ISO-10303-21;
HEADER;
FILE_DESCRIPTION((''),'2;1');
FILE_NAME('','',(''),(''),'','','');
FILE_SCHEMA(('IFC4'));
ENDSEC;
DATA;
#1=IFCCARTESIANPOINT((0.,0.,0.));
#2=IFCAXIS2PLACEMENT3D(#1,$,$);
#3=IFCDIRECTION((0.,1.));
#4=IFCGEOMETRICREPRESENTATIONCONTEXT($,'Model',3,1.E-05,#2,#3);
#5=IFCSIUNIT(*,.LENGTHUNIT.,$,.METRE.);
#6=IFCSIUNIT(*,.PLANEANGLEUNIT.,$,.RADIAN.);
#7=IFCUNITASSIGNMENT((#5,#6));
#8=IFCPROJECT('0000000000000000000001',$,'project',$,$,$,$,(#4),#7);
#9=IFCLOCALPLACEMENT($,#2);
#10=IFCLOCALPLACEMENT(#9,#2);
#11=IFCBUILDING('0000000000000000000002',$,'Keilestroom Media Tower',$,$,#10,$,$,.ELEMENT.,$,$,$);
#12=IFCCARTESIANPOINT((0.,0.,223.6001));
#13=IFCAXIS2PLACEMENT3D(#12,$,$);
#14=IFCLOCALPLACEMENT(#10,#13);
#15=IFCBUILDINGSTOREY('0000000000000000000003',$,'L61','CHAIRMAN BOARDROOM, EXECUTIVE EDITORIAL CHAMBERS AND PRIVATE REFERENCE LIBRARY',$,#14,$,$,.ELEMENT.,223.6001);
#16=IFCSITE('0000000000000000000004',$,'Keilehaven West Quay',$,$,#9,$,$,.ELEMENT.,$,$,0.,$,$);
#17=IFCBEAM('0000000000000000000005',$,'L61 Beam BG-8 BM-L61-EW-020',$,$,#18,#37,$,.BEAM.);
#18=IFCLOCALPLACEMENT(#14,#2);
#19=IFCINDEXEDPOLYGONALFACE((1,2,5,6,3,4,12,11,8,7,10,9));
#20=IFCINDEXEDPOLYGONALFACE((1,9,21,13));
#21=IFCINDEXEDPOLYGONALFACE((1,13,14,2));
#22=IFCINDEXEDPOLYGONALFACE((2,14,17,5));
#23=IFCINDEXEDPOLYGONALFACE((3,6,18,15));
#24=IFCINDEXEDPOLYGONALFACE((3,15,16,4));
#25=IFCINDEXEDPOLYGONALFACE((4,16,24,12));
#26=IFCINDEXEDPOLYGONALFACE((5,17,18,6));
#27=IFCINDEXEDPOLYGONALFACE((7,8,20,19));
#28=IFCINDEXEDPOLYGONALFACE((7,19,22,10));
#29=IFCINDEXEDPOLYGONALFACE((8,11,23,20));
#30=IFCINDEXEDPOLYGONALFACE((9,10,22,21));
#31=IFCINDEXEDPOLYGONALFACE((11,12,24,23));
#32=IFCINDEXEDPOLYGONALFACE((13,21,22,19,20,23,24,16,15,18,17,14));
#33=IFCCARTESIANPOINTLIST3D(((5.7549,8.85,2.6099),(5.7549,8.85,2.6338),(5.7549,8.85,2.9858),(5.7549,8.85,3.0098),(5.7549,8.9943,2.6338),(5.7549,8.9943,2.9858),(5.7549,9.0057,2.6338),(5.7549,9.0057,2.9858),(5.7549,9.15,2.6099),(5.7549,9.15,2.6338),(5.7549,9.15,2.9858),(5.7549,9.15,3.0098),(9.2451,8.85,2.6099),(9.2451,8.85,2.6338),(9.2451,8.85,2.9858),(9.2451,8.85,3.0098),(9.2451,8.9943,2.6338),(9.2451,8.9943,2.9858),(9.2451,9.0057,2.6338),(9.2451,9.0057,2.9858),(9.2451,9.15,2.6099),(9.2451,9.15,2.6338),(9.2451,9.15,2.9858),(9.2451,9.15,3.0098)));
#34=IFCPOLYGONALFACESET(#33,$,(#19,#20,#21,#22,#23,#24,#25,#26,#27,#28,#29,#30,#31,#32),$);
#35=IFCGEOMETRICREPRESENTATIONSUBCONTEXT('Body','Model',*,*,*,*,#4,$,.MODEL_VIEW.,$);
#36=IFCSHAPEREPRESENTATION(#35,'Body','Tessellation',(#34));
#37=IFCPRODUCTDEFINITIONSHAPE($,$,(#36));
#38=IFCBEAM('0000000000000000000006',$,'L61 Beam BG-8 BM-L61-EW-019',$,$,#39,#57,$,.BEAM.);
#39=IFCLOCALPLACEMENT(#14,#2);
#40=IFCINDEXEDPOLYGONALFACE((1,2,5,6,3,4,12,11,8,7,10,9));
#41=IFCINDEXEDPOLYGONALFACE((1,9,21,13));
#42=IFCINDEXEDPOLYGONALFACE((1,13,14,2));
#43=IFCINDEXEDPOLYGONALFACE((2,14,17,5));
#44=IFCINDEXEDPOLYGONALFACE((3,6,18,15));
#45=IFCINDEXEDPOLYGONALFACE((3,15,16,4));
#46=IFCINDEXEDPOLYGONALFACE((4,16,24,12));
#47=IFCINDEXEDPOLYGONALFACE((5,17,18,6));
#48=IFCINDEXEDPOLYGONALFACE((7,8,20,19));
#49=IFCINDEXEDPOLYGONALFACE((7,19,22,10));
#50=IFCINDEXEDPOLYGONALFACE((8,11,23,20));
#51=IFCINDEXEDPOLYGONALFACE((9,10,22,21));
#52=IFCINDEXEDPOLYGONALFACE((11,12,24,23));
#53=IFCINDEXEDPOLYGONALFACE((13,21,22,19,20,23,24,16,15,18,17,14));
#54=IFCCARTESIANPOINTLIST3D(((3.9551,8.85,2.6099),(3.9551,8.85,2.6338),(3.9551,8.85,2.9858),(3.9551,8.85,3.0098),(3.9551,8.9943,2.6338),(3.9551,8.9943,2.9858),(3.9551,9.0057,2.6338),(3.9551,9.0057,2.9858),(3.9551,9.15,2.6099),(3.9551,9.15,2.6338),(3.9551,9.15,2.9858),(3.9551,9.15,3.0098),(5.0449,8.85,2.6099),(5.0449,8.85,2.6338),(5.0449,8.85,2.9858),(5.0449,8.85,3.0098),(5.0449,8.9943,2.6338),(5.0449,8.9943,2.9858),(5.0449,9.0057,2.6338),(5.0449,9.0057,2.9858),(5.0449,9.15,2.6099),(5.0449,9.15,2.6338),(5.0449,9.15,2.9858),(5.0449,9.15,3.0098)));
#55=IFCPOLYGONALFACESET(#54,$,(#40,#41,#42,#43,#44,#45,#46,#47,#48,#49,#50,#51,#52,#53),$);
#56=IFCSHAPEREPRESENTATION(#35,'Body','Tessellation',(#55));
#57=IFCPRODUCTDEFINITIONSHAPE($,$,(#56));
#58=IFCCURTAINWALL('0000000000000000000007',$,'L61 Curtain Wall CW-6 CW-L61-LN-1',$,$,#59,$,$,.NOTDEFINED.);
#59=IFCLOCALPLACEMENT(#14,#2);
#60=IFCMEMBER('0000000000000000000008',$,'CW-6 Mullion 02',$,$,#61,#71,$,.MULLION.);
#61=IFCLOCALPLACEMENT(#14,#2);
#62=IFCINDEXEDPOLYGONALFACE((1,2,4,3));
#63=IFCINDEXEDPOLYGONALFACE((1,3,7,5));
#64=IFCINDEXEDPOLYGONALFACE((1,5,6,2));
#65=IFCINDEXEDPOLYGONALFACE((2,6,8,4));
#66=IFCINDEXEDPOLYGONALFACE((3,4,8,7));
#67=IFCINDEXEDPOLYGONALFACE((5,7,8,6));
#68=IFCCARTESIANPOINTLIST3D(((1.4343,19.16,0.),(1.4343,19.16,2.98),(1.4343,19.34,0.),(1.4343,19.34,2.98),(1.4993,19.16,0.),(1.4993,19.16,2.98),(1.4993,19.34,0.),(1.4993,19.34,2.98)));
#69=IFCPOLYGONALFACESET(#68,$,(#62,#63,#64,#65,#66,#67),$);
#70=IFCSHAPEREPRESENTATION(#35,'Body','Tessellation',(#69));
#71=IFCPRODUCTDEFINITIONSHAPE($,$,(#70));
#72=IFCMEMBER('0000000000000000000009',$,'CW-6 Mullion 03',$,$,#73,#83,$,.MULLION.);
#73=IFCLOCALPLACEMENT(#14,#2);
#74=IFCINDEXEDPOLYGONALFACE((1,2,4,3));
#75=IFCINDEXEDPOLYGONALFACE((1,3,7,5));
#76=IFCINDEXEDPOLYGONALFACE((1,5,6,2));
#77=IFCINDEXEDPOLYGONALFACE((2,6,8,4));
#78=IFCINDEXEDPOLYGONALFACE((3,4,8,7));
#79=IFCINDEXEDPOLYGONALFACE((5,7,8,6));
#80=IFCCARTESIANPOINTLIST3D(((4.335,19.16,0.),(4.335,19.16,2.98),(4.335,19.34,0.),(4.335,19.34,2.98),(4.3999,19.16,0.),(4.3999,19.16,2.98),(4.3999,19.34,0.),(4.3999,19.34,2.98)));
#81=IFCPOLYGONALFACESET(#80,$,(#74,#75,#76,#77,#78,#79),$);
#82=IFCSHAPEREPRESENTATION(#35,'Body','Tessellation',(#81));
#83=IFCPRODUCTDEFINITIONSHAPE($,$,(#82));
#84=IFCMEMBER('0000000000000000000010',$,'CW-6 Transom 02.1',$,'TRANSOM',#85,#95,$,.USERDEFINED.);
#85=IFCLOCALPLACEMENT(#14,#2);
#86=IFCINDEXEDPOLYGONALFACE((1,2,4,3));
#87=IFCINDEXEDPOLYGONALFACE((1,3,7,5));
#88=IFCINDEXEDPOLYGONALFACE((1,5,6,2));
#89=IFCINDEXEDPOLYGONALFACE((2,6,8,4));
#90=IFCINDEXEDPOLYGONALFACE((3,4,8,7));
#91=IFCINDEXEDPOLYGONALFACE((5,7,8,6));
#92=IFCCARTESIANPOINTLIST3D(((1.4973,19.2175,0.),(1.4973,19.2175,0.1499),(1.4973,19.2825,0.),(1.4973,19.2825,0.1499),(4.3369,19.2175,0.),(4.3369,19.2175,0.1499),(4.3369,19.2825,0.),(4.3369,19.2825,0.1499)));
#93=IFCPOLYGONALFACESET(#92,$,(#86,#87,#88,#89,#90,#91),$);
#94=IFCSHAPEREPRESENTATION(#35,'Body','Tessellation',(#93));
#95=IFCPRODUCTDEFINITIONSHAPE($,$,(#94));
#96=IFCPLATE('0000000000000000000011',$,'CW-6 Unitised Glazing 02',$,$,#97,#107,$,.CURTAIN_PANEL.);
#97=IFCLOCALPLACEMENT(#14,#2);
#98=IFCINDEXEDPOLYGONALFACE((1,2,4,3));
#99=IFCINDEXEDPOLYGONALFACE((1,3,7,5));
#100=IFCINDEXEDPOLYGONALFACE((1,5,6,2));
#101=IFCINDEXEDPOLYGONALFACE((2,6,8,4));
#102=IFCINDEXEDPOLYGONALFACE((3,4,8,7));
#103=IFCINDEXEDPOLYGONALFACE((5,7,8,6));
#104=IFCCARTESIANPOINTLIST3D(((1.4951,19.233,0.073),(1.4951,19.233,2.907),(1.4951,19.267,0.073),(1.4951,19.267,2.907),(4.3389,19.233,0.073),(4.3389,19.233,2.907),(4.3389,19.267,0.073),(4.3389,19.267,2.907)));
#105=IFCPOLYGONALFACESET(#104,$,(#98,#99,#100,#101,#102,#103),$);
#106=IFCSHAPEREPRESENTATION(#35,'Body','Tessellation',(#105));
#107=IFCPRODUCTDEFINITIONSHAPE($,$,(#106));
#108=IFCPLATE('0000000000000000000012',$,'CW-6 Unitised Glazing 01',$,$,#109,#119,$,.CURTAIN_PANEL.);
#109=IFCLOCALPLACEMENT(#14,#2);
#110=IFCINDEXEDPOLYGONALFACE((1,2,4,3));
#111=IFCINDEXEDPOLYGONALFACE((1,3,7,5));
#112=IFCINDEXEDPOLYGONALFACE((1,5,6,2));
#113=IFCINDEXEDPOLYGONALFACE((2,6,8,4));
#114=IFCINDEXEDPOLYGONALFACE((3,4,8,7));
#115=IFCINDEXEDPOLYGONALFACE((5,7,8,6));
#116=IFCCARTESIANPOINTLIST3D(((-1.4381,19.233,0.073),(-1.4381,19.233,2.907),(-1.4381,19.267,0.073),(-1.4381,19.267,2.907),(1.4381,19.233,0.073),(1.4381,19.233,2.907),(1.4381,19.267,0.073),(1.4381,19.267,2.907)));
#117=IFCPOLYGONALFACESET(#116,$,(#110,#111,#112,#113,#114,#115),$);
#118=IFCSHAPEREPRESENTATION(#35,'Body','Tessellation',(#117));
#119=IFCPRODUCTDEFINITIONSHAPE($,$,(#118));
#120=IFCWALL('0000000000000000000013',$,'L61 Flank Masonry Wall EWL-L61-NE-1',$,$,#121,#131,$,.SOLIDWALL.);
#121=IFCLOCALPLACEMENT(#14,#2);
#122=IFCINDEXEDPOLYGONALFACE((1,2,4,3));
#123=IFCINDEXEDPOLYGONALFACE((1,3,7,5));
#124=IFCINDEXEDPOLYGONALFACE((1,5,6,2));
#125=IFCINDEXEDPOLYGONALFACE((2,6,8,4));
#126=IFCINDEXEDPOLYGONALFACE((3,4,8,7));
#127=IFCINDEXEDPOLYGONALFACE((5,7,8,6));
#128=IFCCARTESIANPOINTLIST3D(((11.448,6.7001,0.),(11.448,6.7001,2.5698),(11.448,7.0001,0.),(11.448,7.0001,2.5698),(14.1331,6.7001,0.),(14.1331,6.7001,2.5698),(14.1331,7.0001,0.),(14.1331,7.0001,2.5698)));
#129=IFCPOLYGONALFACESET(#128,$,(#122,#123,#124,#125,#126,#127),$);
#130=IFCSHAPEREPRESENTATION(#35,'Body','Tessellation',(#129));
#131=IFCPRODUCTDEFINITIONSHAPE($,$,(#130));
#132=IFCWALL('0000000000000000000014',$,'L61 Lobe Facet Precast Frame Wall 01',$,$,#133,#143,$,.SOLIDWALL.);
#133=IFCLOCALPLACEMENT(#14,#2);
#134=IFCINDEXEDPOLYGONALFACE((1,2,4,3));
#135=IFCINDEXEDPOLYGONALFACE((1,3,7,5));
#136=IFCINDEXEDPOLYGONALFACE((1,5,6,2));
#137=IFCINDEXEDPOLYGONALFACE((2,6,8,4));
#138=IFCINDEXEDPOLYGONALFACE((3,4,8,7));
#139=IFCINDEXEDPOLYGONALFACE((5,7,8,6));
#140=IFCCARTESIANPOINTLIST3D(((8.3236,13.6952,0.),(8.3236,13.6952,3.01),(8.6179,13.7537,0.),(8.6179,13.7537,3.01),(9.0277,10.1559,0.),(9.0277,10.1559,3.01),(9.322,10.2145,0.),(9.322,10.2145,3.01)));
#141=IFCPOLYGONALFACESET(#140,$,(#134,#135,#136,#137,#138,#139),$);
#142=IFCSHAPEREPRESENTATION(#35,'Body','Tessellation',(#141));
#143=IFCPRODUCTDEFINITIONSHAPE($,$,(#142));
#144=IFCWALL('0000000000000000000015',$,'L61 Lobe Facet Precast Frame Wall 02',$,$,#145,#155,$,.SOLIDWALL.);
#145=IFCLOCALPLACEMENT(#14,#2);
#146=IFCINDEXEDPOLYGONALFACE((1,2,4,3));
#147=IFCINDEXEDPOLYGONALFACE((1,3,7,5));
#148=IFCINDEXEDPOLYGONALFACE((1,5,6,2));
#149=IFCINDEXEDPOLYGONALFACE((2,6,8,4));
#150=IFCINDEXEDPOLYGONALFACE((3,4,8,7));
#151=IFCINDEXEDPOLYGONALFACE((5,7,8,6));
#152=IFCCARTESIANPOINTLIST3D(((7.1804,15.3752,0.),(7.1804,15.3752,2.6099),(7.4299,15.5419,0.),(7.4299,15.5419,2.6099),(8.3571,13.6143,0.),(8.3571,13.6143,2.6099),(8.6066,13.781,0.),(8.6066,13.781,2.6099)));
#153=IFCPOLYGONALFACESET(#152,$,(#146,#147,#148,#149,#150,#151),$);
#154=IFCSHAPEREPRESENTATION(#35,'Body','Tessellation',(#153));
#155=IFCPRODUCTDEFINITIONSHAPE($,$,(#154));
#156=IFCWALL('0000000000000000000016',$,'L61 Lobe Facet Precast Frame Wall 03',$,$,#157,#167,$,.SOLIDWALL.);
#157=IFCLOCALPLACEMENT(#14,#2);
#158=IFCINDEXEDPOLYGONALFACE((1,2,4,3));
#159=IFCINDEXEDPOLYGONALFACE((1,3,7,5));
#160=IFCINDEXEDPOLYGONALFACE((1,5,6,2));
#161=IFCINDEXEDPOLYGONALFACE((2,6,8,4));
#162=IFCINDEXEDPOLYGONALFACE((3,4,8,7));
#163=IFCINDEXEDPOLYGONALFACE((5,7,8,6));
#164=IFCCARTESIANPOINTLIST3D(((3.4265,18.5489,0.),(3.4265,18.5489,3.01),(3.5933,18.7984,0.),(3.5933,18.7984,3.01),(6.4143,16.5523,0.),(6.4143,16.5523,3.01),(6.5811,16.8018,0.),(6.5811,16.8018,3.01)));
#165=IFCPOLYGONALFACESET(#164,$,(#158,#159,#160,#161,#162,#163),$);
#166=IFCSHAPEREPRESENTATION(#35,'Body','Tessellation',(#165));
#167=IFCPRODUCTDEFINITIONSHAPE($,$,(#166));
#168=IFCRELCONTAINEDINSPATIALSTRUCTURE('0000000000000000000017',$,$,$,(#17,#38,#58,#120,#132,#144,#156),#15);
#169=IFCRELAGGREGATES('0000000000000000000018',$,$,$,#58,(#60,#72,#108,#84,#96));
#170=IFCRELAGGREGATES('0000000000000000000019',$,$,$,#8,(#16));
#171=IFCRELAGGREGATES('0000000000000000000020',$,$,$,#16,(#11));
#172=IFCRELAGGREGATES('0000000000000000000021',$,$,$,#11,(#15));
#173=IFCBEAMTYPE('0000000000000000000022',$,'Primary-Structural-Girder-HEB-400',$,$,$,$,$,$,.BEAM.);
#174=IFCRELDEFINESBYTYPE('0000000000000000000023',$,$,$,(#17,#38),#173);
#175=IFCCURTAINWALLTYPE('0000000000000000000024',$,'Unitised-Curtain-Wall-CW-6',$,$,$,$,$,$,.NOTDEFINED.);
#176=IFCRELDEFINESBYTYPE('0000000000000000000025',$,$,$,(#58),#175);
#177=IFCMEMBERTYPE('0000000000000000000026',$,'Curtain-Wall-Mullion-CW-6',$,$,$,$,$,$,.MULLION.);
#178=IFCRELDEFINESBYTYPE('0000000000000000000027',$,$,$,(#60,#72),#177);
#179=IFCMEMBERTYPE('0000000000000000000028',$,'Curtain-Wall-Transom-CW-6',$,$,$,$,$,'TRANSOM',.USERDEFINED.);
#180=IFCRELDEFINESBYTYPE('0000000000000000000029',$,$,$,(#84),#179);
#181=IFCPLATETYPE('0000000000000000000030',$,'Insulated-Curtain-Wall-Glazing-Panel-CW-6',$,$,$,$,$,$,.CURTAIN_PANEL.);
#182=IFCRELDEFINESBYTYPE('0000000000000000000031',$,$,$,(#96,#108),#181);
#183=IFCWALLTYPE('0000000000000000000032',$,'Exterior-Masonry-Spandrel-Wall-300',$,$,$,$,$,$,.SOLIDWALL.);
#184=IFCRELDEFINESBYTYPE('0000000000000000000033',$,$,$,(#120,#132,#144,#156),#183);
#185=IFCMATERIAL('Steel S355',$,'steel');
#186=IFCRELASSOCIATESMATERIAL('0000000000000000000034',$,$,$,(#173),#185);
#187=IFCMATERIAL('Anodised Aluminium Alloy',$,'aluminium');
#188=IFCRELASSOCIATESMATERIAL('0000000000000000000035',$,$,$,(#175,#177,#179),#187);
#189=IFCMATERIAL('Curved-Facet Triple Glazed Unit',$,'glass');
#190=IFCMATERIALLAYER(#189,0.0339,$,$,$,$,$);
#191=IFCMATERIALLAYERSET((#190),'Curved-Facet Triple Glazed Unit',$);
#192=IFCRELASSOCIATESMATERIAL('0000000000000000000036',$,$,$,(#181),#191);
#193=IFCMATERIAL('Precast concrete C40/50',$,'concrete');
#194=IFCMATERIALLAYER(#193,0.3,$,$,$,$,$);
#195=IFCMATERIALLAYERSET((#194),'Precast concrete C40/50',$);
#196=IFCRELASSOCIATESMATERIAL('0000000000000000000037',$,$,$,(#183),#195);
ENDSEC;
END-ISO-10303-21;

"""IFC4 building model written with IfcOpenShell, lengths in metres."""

from ifc_helpers import new_model, si_unit, direction, frame, frame_2d, origin, origin_2d, place, context, subcontext, project, spatial, rectangle, i_section, extrude, source, transform, mapped, material, layer, layer_set, material_profile, profile_set, type_object, element, aggregate, save


model = new_model("IFC4")

# Units and contexts
model_context = context("Model", 3, precision=1e-05, world=origin(), true_north=direction((0.0, 1.0)))
body_context = subcontext(model_context, "Body", "Model", "MODEL_VIEW")
ifc_project = project(units=[si_unit("LENGTHUNIT", "METRE"), si_unit("PLANEANGLEUNIT", "RADIAN")], contexts=[model_context])

# Site, building, storey
site_placement = place(None, origin())
site = spatial("IfcSite", under=ifc_project, at=site_placement, Name="Keilehaven West Quay", CompositionType="ELEMENT", RefElevation=0.0)
building_placement = place(site_placement, origin())
building = spatial("IfcBuilding", under=site, at=building_placement, Name="Keilestroom Media Tower", CompositionType="ELEMENT")
storey_placement = place(building_placement, frame((0.0, 0.0, 223.6001)))
storey = spatial("IfcBuildingStorey", under=building, at=storey_placement, Name="L61", Description="CHAIRMAN BOARDROOM, EXECUTIVE EDITORIAL CHAMBERS AND PRIVATE REFERENCE LIBRARY", CompositionType="ELEMENT", Elevation=223.6001)

# Shared definitions
ifc_material_1 = material(Name="Precast concrete C40/50", Category="concrete")
ifc_material_2 = material(Name="Steel S355", Category="steel")

# Beams
ifc_material_profile_1 = material_profile(ifc_material_2, i_section(OverallWidth=0.3, OverallDepth=0.3999, WebThickness=0.0115, FlangeThickness=0.0239, at=origin_2d()), Name="HEB 400")
ifc_profile_set_1 = profile_set([ifc_material_profile_1], Name="Steel S355")
beam_type = type_object("IfcBeamType", Name="Primary-Structural-Girder-HEB-400", PredefinedType="BEAM", material=ifc_profile_set_1)
shared_shape_1 = source(origin(), body_context, "Body", "SweptSolid", [
    extrude(i_section(OverallWidth=0.3, OverallDepth=0.3999, WebThickness=0.0115, FlangeThickness=0.0239, at=origin_2d()), origin(), (0.0, 0.0, 1.0), 3.4902),
])
beam_1_placement = place(storey_placement, frame((5.7549, 9.0, 2.8098), z_axis=(1.0, 0.0, 0.0), x_axis=(0.0, 1.0, 0.0)))
element("IfcBeam", 1, at=beam_1_placement, inside=storey, type_object=beam_type, Name="L61 Beam BG-8 BM-L61-EW-020", PredefinedType="BEAM", context=body_context, shape_type="MappedRepresentation", body=[
    mapped(shared_shape_1, transform((0.0, 0.0, 0.0), x_axis=(1.0, 0.0, 0.0), y_axis=(0.0, 1.0, 0.0), z_axis=(0.0, 0.0, 1.0), scale=1.0)),
])
shared_shape_2 = source(origin(), body_context, "Body", "SweptSolid", [
    extrude(i_section(OverallWidth=0.3, OverallDepth=0.3999, WebThickness=0.0115, FlangeThickness=0.0239, at=origin_2d()), origin(), (0.0, 0.0, 1.0), 1.0898),
])
beam_2_placement = place(storey_placement, frame((3.9551, 9.0, 2.8098), z_axis=(1.0, 0.0, 0.0), x_axis=(0.0, 1.0, 0.0)))
element("IfcBeam", 2, at=beam_2_placement, inside=storey, type_object=beam_type, Name="L61 Beam BG-8 BM-L61-EW-019", PredefinedType="BEAM", context=body_context, shape_type="MappedRepresentation", body=[
    mapped(shared_shape_2, transform((0.0, 0.0, 0.0), x_axis=(1.0, 0.0, 0.0), y_axis=(0.0, 1.0, 0.0), z_axis=(0.0, 0.0, 1.0), scale=1.0)),
])

# Curtain wall, members, plates
ifc_material_3 = material(Name="Anodised Aluminium Alloy", Category="aluminium")
curtain_wall_type = type_object("IfcCurtainWallType", Name="Unitised-Curtain-Wall-CW-6", PredefinedType="NOTDEFINED", material=ifc_material_3)
curtain_wall_placement = place(storey_placement, origin())
curtain_wall = element("IfcCurtainWall", 3, at=curtain_wall_placement, inside=storey, type_object=curtain_wall_type, Name="L61 Curtain Wall CW-6 CW-L61-LN-1", PredefinedType="NOTDEFINED")
ifc_material_profile_2 = material_profile(ifc_material_3, rectangle(XDim=0.0649, YDim=0.1799, at=origin_2d()), Name="ALU MULLION 65x180")
ifc_profile_set_2 = profile_set([ifc_material_profile_2], Name="Anodised Aluminium Alloy")
member_type_1 = type_object("IfcMemberType", Name="Curtain-Wall-Mullion-CW-6", PredefinedType="MULLION", material=ifc_profile_set_2)
shared_shape_3 = source(origin(), body_context, "Body", "SweptSolid", [
    extrude(rectangle(XDim=0.0649, YDim=0.1799, at=origin_2d()), origin(), (0.0, 0.0, 1.0), 2.98),
])
member_1_placement = place(storey_placement, frame((1.4668, 19.25, 0.0), z_axis=(0.0, 0.0, 1.0), x_axis=(1.0, 0.0, 0.0)))
member_1 = element("IfcMember", 4, at=member_1_placement, type_object=member_type_1, Name="CW-6 Mullion 02", PredefinedType="MULLION", context=body_context, shape_type="MappedRepresentation", body=[
    mapped(shared_shape_3, transform((0.0, 0.0, 0.0), x_axis=(1.0, 0.0, 0.0), y_axis=(0.0, 1.0, 0.0), z_axis=(0.0, 0.0, 1.0), scale=1.0)),
])
member_2_placement = place(storey_placement, frame((4.3674, 19.25, 0.0), z_axis=(0.0, 0.0, 1.0), x_axis=(1.0, 0.0, 0.0)))
member_2 = element("IfcMember", 5, at=member_2_placement, type_object=member_type_1, Name="CW-6 Mullion 03", PredefinedType="MULLION", context=body_context, shape_type="MappedRepresentation", body=[
    mapped(shared_shape_3, transform((0.0, 0.0, 0.0), x_axis=(1.0, 0.0, 0.0), y_axis=(0.0, 1.0, 0.0), z_axis=(0.0, 0.0, 1.0), scale=1.0)),
])
ifc_material_profile_3 = material_profile(ifc_material_3, rectangle(XDim=0.0649, YDim=0.1499, at=origin_2d()), Name="ALU TRANSOM 65x150")
ifc_profile_set_3 = profile_set([ifc_material_profile_3], Name="Anodised Aluminium Alloy")
member_type_2 = type_object("IfcMemberType", Name="Curtain-Wall-Transom-CW-6", ElementType="TRANSOM", PredefinedType="USERDEFINED", material=ifc_profile_set_3)
shared_shape_4 = source(origin(), body_context, "Body", "SweptSolid", [
    extrude(rectangle(XDim=0.0649, YDim=0.1499, at=origin_2d()), origin(), (0.0, 0.0, 1.0), 2.8396),
])
member_3_placement = place(storey_placement, frame((1.4973, 19.25, 0.075), z_axis=(1.0, 0.0, 0.0), x_axis=(0.0, 1.0, 0.0)))
member_3 = element("IfcMember", 6, at=member_3_placement, type_object=member_type_2, Name="CW-6 Transom 02.1", ObjectType="TRANSOM", PredefinedType="USERDEFINED", context=body_context, shape_type="MappedRepresentation", body=[
    mapped(shared_shape_4, transform((0.0, 0.0, 0.0), x_axis=(1.0, 0.0, 0.0), y_axis=(0.0, 1.0, 0.0), z_axis=(0.0, 0.0, 1.0), scale=1.0)),
])
ifc_material_4 = material(Name="Curved-Facet Triple Glazed Unit", Category="glass")
ifc_layer_1 = layer(ifc_material_4, 0.0339)
ifc_layer_set_1 = layer_set([ifc_layer_1], Name="Curved-Facet Triple Glazed Unit")
plate_type = type_object("IfcPlateType", Name="Insulated-Curtain-Wall-Glazing-Panel-CW-6", PredefinedType="CURTAIN_PANEL", material=ifc_layer_set_1)
shared_shape_5 = source(origin(), body_context, "Body", "SweptSolid", [
    extrude(rectangle(XDim=2.8438, YDim=0.0339, at=origin_2d()), origin(), (0.0, 0.0, 1.0), 2.834),
])
plate_1_placement = place(storey_placement, frame((2.917, 19.25, 0.073), z_axis=(0.0, 0.0, 1.0), x_axis=(1.0, 0.0, 0.0)))
plate_1 = element("IfcPlate", 7, at=plate_1_placement, type_object=plate_type, Name="CW-6 Unitised Glazing 02", PredefinedType="CURTAIN_PANEL", context=body_context, shape_type="MappedRepresentation", body=[
    mapped(shared_shape_5, transform((0.0, 0.0, 0.0), x_axis=(1.0, 0.0, 0.0), y_axis=(0.0, 1.0, 0.0), z_axis=(0.0, 0.0, 1.0), scale=1.0)),
])
shared_shape_6 = source(origin(), body_context, "Body", "SweptSolid", [
    extrude(rectangle(XDim=2.8762, YDim=0.0339, at=origin_2d()), origin(), (0.0, 0.0, 1.0), 2.834),
])
plate_2_placement = place(storey_placement, frame((0.0, 19.25, 0.073), z_axis=(0.0, 0.0, 1.0), x_axis=(1.0, 0.0, 0.0)))
plate_2 = element("IfcPlate", 8, at=plate_2_placement, type_object=plate_type, Name="CW-6 Unitised Glazing 01", PredefinedType="CURTAIN_PANEL", context=body_context, shape_type="MappedRepresentation", body=[
    mapped(shared_shape_6, transform((0.0, 0.0, 0.0), x_axis=(1.0, 0.0, 0.0), y_axis=(0.0, 1.0, 0.0), z_axis=(0.0, 0.0, 1.0), scale=1.0)),
])
aggregate(curtain_wall, [member_1, member_2, plate_2, member_3, plate_1])

# Walls
ifc_layer_2 = layer(ifc_material_1, 0.3)
ifc_layer_set_2 = layer_set([ifc_layer_2], Name="Precast concrete C40/50")
wall_type_1 = type_object("IfcWallType", Name="Exterior-Masonry-Spandrel-Wall-300", PredefinedType="SOLIDWALL", material=ifc_layer_set_2)
wall_1_placement = place(storey_placement, frame((11.448, 6.8501, 0.0), z_axis=(0.0, 0.0, 1.0), x_axis=(1.0, 0.0, 0.0)))
element("IfcWall", 9, at=wall_1_placement, inside=storey, type_object=wall_type_1, Name="L61 Flank Masonry Wall EWL-L61-NE-1", PredefinedType="SOLIDWALL", context=body_context, shape_type="SweptSolid", body=[
    extrude(rectangle(XDim=2.6851, YDim=0.3, at=frame_2d((1.3425, 0.0))), origin(), (0.0, 0.0, 1.0), 2.5698),
])
wall_2_placement = place(storey_placement, frame((9.1748, 10.1853, 0.0), z_axis=(0.0, 0.0, 1.0), x_axis=(-0.195114, 0.980781, 0.0)))
element("IfcWall", 10, at=wall_2_placement, inside=storey, type_object=wall_type_1, Name="L61 Lobe Facet Precast Frame Wall 01", PredefinedType="SOLIDWALL", context=body_context, shape_type="SweptSolid", body=[
    extrude(rectangle(XDim=3.6086, YDim=0.3, at=frame_2d((1.8042, 0.0))), origin(), (0.0, 0.0, 1.0), 3.01),
])
wall_3_placement = place(storey_placement, frame((8.4819, 13.6975, 0.0), z_axis=(0.0, 0.0, 1.0), x_axis=(-0.555604, 0.831447, 0.0)))
element("IfcWall", 11, at=wall_3_placement, inside=storey, type_object=wall_type_1, Name="L61 Lobe Facet Precast Frame Wall 02", PredefinedType="SOLIDWALL", context=body_context, shape_type="SweptSolid", body=[
    extrude(rectangle(XDim=2.1179, YDim=0.3, at=frame_2d((1.0591, 0.0))), origin(), (0.0, 0.0, 1.0), 2.6099),
])
wall_4_placement = place(storey_placement, frame((6.4978, 16.677, 0.0), z_axis=(0.0, 0.0, 1.0), x_axis=(-0.831444, 0.555609, 0.0)))
element("IfcWall", 12, at=wall_4_placement, inside=storey, type_object=wall_type_1, Name="L61 Lobe Facet Precast Frame Wall 03", PredefinedType="SOLIDWALL", context=body_context, shape_type="SweptSolid", body=[
    extrude(rectangle(XDim=3.5935, YDim=0.3, at=frame_2d((1.7969, 0.0))), origin(), (0.0, 0.0, 1.0), 3.01),
])

save(model, "model.ifc")
